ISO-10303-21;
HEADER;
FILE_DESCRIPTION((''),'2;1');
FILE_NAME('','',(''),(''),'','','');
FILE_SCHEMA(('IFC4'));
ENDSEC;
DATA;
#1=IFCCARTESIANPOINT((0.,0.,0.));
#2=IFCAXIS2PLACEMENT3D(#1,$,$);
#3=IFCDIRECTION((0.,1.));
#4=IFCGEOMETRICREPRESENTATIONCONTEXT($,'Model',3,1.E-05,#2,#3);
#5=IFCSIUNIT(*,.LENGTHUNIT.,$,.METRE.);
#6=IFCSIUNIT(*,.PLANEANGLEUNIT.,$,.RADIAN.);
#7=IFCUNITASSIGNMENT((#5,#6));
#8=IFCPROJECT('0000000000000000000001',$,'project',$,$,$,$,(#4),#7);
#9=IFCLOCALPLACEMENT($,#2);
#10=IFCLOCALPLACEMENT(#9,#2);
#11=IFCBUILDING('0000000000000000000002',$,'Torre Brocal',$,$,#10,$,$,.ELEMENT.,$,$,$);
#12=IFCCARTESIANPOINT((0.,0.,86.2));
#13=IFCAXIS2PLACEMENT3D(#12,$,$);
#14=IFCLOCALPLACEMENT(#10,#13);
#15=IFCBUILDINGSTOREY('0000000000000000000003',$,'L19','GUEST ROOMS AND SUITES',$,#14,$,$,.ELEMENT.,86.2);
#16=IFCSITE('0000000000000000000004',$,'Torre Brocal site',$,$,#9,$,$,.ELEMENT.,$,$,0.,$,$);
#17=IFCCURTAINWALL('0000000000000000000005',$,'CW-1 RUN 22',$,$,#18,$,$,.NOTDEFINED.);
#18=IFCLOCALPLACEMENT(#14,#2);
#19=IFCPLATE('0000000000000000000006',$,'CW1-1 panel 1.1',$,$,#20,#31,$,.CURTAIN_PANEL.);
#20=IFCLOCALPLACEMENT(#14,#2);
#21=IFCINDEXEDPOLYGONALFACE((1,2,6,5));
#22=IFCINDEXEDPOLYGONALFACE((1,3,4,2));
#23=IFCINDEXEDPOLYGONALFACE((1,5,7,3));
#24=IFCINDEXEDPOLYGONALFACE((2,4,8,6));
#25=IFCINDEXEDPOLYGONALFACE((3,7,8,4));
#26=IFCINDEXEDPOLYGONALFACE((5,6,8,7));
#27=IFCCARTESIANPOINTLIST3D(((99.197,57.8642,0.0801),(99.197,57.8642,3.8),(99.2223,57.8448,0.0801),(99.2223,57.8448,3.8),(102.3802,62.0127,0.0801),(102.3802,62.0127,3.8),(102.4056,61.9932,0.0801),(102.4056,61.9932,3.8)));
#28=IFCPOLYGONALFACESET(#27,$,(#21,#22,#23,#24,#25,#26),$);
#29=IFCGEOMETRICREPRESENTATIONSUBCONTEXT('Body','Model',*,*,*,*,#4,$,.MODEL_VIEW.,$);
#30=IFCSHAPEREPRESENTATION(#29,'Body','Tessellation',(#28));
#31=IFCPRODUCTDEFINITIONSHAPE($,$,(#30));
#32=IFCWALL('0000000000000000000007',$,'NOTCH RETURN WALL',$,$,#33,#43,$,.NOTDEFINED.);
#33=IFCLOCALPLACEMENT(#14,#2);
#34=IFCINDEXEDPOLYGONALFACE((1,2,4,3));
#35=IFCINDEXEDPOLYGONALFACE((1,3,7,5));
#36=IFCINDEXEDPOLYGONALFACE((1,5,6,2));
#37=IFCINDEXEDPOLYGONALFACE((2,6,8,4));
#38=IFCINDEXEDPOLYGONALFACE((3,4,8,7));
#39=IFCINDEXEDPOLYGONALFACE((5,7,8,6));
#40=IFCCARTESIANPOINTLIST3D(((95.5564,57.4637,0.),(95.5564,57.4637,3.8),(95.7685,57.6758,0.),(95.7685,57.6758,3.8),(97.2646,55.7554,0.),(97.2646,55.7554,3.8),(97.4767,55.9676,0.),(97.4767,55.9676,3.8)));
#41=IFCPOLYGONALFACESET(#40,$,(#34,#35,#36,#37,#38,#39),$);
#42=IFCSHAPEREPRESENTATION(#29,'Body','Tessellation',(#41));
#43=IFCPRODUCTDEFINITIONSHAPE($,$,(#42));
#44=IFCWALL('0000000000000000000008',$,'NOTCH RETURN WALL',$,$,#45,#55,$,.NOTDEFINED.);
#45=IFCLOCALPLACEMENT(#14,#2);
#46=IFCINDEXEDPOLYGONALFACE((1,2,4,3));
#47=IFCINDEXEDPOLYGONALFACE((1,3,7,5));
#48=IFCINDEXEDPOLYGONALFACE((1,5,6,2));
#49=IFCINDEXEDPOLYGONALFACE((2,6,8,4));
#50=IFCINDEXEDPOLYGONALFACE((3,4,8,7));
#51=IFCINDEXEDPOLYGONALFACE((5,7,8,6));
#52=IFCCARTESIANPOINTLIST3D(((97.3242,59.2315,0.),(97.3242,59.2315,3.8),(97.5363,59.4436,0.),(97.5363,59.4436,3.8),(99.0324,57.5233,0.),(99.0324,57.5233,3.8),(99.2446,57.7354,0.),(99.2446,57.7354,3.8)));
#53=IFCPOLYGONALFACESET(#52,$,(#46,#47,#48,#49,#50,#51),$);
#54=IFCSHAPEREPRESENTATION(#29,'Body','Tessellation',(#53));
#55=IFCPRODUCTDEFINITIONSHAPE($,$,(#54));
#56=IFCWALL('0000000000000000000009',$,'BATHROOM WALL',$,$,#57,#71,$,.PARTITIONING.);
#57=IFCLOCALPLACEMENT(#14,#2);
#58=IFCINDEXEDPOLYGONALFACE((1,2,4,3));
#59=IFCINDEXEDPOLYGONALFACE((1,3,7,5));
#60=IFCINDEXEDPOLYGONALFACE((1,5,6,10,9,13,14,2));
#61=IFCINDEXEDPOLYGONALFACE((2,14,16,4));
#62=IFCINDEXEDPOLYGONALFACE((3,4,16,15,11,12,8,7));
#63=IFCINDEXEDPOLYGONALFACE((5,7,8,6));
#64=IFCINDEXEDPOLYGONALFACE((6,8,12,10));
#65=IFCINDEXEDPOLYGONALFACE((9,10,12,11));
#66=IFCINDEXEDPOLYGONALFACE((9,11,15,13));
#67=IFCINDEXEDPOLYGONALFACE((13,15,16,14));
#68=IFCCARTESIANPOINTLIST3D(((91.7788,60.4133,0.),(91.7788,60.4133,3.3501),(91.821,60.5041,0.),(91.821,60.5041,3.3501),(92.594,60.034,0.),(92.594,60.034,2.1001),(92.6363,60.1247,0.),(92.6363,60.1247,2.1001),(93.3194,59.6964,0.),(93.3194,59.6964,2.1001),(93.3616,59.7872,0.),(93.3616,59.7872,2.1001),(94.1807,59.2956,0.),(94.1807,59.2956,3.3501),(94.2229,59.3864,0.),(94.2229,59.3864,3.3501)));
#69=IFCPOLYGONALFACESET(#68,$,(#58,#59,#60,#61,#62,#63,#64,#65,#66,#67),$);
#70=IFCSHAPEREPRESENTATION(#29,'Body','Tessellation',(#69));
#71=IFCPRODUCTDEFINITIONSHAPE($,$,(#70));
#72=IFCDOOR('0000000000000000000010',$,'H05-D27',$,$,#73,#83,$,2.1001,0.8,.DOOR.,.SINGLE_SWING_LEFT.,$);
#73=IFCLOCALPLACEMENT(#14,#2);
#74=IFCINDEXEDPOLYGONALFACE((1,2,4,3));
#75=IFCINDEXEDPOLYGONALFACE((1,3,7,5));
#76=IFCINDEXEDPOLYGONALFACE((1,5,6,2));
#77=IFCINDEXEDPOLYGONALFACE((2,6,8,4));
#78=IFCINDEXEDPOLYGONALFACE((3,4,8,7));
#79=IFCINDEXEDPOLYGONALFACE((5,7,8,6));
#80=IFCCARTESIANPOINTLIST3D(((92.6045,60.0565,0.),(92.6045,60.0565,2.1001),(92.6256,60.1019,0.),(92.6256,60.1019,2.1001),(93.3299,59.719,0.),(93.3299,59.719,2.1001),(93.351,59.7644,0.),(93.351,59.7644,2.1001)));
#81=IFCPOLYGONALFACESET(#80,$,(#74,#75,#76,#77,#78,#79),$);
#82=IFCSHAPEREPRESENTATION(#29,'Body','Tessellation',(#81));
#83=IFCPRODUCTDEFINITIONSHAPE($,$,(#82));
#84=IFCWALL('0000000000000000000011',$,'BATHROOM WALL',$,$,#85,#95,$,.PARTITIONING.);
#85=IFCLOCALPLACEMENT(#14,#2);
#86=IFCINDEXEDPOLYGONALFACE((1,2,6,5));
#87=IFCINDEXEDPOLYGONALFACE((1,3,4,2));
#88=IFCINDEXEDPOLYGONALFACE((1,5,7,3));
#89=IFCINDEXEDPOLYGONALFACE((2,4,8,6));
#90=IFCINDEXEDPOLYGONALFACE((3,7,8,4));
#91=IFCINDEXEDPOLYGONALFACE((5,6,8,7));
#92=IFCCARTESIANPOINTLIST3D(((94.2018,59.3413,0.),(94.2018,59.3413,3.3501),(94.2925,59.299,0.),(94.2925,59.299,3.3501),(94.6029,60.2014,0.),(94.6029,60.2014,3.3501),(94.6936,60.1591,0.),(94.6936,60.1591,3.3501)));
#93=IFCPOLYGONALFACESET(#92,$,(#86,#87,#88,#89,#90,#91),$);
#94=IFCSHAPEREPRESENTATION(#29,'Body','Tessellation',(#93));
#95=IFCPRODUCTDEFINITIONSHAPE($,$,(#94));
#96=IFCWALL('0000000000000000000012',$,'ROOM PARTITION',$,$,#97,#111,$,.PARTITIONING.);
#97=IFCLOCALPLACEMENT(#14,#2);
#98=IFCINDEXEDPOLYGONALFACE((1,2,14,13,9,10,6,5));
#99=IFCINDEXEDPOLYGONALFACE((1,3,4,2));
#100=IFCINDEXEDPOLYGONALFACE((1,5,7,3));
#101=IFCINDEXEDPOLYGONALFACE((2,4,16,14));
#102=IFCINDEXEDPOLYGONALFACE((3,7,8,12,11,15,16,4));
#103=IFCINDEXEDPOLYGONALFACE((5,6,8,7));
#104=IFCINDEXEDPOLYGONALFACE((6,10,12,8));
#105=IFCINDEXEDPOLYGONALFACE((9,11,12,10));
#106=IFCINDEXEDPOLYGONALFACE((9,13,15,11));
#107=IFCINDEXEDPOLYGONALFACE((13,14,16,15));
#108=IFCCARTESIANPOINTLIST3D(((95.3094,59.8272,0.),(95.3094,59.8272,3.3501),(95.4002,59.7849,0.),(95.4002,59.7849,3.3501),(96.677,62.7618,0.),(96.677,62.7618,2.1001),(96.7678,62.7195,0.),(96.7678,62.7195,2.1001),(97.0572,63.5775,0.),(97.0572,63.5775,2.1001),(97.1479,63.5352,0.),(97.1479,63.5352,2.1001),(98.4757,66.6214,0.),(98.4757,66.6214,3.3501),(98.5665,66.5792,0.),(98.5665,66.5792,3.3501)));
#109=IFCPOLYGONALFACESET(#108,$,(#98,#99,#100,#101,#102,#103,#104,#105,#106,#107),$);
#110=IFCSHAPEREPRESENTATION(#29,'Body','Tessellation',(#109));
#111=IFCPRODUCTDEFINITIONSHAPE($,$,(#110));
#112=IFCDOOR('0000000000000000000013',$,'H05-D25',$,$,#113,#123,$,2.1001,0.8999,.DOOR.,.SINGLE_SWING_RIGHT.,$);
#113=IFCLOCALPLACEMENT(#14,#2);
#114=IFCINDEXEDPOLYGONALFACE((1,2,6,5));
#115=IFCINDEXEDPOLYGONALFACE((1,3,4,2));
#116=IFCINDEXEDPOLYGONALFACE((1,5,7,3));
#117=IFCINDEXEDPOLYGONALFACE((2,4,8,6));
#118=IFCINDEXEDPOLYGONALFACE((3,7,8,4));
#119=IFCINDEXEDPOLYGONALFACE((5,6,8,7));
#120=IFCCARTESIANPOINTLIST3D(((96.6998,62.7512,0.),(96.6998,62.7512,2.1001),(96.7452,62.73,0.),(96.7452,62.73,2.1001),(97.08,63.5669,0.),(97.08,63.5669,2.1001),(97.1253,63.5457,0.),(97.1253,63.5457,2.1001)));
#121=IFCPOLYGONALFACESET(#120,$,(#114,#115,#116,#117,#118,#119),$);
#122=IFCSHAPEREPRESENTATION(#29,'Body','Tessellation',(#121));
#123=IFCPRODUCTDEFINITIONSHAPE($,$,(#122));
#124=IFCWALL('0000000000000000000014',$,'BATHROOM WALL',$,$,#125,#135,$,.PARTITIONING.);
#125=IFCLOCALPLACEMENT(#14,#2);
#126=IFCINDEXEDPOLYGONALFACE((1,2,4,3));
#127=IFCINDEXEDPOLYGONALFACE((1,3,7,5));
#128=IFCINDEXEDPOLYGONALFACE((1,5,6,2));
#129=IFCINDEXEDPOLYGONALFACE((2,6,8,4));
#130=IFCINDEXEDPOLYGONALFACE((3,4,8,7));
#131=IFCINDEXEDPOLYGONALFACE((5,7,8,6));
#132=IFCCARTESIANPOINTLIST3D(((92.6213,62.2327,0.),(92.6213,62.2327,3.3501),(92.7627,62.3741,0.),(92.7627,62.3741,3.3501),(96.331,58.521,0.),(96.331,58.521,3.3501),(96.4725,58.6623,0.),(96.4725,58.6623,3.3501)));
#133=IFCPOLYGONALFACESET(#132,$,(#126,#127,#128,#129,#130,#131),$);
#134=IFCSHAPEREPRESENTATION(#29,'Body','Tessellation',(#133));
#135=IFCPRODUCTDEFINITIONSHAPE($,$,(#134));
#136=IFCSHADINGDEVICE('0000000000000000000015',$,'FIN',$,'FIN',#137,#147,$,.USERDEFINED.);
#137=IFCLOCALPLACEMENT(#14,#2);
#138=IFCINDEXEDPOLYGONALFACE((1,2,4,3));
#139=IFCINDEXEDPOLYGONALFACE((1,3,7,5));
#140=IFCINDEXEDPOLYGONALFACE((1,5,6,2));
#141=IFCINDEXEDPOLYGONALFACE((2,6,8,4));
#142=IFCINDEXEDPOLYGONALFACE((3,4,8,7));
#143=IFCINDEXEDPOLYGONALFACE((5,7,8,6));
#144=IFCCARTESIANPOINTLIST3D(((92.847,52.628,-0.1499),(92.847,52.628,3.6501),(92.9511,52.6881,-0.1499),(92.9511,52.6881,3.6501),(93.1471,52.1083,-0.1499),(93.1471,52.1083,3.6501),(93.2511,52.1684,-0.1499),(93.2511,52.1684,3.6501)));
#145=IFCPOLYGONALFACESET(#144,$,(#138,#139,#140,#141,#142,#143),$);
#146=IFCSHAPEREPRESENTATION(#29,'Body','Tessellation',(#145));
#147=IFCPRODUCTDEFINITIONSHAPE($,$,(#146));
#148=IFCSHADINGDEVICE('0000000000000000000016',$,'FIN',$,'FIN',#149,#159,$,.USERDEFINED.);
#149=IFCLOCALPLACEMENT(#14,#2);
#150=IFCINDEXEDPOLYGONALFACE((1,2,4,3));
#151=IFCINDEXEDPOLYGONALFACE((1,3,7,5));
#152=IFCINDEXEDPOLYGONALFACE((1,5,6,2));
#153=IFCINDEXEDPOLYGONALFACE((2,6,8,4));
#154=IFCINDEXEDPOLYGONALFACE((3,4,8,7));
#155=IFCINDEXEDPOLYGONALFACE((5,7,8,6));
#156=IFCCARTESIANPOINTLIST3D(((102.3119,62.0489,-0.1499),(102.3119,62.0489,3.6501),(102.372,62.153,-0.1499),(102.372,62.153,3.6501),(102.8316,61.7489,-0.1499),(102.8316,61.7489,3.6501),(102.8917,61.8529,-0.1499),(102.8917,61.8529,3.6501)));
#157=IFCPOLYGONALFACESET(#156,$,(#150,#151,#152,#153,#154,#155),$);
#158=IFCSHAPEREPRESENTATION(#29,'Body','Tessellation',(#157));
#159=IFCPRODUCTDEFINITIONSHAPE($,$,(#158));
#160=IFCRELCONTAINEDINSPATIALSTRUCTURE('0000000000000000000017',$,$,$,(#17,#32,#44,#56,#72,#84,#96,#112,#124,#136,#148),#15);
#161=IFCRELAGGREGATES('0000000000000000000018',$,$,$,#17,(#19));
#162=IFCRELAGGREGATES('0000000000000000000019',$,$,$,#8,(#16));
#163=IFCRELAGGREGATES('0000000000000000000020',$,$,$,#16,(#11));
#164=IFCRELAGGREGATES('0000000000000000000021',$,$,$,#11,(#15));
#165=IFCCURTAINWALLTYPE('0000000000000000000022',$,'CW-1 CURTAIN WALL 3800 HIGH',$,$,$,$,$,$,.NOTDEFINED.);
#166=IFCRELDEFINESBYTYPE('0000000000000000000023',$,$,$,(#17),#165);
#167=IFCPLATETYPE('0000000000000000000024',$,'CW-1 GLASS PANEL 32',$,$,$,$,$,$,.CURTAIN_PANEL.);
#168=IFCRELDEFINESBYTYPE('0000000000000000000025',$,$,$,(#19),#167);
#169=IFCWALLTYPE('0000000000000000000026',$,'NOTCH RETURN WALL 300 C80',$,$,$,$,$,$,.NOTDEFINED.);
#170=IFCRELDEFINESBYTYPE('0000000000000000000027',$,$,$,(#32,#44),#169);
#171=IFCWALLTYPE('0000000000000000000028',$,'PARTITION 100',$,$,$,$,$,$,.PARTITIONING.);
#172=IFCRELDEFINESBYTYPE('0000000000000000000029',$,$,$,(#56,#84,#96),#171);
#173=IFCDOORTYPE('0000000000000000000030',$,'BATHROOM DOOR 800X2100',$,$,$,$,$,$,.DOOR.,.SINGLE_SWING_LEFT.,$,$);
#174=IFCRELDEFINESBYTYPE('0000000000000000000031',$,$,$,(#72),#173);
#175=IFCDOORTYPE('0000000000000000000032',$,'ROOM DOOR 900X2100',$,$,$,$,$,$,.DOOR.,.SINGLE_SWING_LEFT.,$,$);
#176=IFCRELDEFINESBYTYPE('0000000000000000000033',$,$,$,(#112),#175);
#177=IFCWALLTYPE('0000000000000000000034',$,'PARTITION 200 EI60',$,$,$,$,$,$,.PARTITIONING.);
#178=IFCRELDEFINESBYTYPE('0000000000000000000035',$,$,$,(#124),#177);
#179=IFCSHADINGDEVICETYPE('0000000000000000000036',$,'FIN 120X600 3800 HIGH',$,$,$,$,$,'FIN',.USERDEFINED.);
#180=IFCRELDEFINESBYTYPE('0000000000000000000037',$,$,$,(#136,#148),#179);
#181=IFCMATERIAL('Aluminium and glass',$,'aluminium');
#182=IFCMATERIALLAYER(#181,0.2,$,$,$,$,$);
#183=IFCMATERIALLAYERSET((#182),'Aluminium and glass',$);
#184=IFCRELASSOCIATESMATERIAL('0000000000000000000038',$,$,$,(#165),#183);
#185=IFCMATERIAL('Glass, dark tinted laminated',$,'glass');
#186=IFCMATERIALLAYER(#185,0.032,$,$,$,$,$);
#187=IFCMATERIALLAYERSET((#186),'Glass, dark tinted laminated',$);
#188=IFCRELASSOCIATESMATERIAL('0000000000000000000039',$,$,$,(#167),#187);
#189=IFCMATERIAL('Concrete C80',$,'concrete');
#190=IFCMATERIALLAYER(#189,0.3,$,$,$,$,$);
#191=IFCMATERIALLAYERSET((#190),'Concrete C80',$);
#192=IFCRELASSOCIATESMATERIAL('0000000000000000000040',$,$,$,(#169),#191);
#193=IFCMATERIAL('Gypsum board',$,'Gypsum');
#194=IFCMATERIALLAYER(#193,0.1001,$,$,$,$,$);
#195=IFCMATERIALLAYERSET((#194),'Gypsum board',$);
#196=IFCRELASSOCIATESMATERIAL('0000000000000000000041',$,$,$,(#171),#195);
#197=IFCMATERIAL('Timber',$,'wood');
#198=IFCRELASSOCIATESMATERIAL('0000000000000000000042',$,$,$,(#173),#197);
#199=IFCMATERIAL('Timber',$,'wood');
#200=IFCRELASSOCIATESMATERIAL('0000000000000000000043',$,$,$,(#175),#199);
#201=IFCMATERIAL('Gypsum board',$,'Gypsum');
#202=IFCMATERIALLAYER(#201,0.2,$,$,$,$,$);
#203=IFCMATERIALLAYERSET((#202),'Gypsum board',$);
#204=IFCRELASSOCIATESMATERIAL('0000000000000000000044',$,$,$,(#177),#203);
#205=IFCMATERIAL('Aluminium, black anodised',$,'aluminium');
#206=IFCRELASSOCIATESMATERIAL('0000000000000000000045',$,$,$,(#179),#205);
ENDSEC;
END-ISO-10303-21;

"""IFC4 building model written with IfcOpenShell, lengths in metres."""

from ifc_helpers import new_model, si_unit, direction, frame, frame_2d, origin, origin_2d, place, context, subcontext, project, spatial, rectangle, extrude, material, layer, layer_set, material_profile, profile_set, type_object, element, fill, aggregate, save


model = new_model("IFC4")

# Units and contexts
model_context = context("Model", 3, precision=1e-05, world=origin(), true_north=direction((0.0, 1.0)))
body_context = subcontext(model_context, "Body", "Model", "MODEL_VIEW")
ifc_project = project(units=[si_unit("LENGTHUNIT", "METRE"), si_unit("PLANEANGLEUNIT", "RADIAN")], contexts=[model_context])

# Site, building, storey
site_placement = place(None, origin())
site = spatial("IfcSite", under=ifc_project, at=site_placement, Name="Torre Brocal site", CompositionType="ELEMENT", RefElevation=0.0)
building_placement = place(site_placement, origin())
building = spatial("IfcBuilding", under=site, at=building_placement, Name="Torre Brocal", CompositionType="ELEMENT")
storey_placement = place(building_placement, frame((0.0, 0.0, 86.2)))
storey = spatial("IfcBuildingStorey", under=building, at=storey_placement, Name="L19", Description="GUEST ROOMS AND SUITES", CompositionType="ELEMENT", Elevation=86.2)

# Shared definitions
ifc_material_1 = material(Name="Aluminium and glass", Category="aluminium")
ifc_layer_1 = layer(ifc_material_1, 0.2)
ifc_layer_set_1 = layer_set([ifc_layer_1], Name="Aluminium and glass")
curtain_wall_type = type_object("IfcCurtainWallType", Name="CW-1 CURTAIN WALL 3800 HIGH", PredefinedType="NOTDEFINED", material=ifc_layer_set_1)

# Curtain wall
curtain_wall_1_placement = place(storey_placement, origin())
curtain_wall_1 = element("IfcCurtainWall", 1, at=curtain_wall_1_placement, inside=storey, type_object=curtain_wall_type, Name="CW-1 RUN 22", PredefinedType="NOTDEFINED")

# Plate
ifc_material_2 = material(Name="Glass, dark tinted laminated", Category="glass")
ifc_layer_2 = layer(ifc_material_2, 0.032)
ifc_layer_set_2 = layer_set([ifc_layer_2], Name="Glass, dark tinted laminated")
plate_type = type_object("IfcPlateType", Name="CW-1 GLASS PANEL 32", PredefinedType="CURTAIN_PANEL", material=ifc_layer_set_2)
plate_1_placement = place(storey_placement, frame((100.8013, 59.9287, 0.0801), z_axis=(0.0, 0.0, 1.0), x_axis=(0.608761, 0.793353, 0.0)))
plate_1 = element("IfcPlate", 2, at=plate_1_placement, type_object=plate_type, Name="CW1-1 panel 1.1", PredefinedType="CURTAIN_PANEL", context=body_context, shape_type="SweptSolid", body=[
    extrude(rectangle(XDim=5.229, YDim=0.032, at=origin_2d()), origin(), (0.0, 0.0, 1.0), 3.72),
])
aggregate(curtain_wall_1, [plate_1])

# Walls
ifc_material_3 = material(Name="Concrete C80", Category="concrete")
ifc_layer_3 = layer(ifc_material_3, 0.3)
ifc_layer_set_3 = layer_set([ifc_layer_3], Name="Concrete C80")
wall_type_1 = type_object("IfcWallType", Name="NOTCH RETURN WALL 300 C80", PredefinedType="NOTDEFINED", material=ifc_layer_set_3)
for number, where, z_axis, x_axis, name in (
    (3, (95.6624, 57.5698, 0.0), (0.0, 0.0, 1.0), (0.707107, -0.707107, 0.0), "NOTCH RETURN WALL"),
    (4, (97.4302, 59.3376, 0.0), (0.0, 0.0, 1.0), (0.707107, -0.707107, 0.0), "NOTCH RETURN WALL"),
):
    element("IfcWall", number, at=place(storey_placement, frame(where, z_axis=z_axis, x_axis=x_axis)), inside=storey, type_object=wall_type_1, Name=name, PredefinedType="NOTDEFINED", context=body_context, shape_type="SweptSolid", body=[
        extrude(rectangle(XDim=2.4158, YDim=0.3, at=frame_2d((1.208, 0.0))), origin(), (0.0, 0.0, 1.0), 3.8),
    ])

# Wall, opening, door
ifc_material_4 = material(Name="Gypsum board", Category="Gypsum")
ifc_layer_4 = layer(ifc_material_4, 0.1001)
ifc_layer_set_4 = layer_set([ifc_layer_4], Name="Gypsum board")
wall_type_2 = type_object("IfcWallType", Name="PARTITION 100", PredefinedType="PARTITIONING", material=ifc_layer_set_4)
wall_1_placement = place(storey_placement, frame((91.7998, 60.4587, 0.0), z_axis=(0.0, 0.0, 1.0), x_axis=(0.906644, -0.421896, 0.0)))
wall_1 = element("IfcWall", 5, at=wall_1_placement, inside=storey, type_object=wall_type_2, Name="BATHROOM WALL", PredefinedType="PARTITIONING", context=body_context, shape_type="SweptSolid", body=[
    extrude(rectangle(XDim=2.6492, YDim=0.1001, at=frame_2d((1.3247, 0.0))), origin(), (0.0, 0.0, 1.0), 3.3501),
])
opening_1_placement = place(wall_1_placement, frame((0.8994, 0.0, 0.0)))
opening_1 = element("IfcOpeningElement", 6, at=opening_1_placement, cuts=wall_1, PredefinedType="OPENING", context=body_context, shape_type="SweptSolid", body=[
    extrude(rectangle(XDim=0.8, YDim=2.1001, at=frame_2d((0.3999, 1.05))), frame((0.0, 0.0601, 0.0), z_axis=(0.0, -1.0, 0.0), x_axis=(1.0, 0.0, 0.0)), (0.0, 0.0, 1.0), 0.1201),
])
ifc_material_5 = material(Name="Timber", Category="wood")
door_type_1 = type_object("IfcDoorType", Name="BATHROOM DOOR 800X2100", OperationType="SINGLE_SWING_LEFT", PredefinedType="DOOR", material=ifc_material_5)
door_1_placement = place(opening_1_placement, origin())
door_1 = element("IfcDoor", 7, at=door_1_placement, inside=storey, type_object=door_type_1, Name="H05-D27", OperationType="SINGLE_SWING_LEFT", OverallHeight=2.1001, OverallWidth=0.8, PredefinedType="DOOR", context=body_context, shape_type="SweptSolid", body=[
    extrude(rectangle(XDim=0.8, YDim=2.1001, at=frame_2d((0.3999, 1.05))), frame((0.0, 0.0249, 0.0), z_axis=(0.0, -1.0, 0.0), x_axis=(1.0, 0.0, 0.0)), (0.0, 0.0, 1.0), 0.05),
])
fill(opening_1, door_1)

# Wall
wall_2_placement = place(storey_placement, frame((94.2471, 59.3201, 0.0), z_axis=(0.0, 0.0, 1.0), x_axis=(0.42266, 0.906288, 0.0)))
element("IfcWall", 8, at=wall_2_placement, inside=storey, type_object=wall_type_2, Name="BATHROOM WALL", PredefinedType="PARTITIONING", context=body_context, shape_type="SweptSolid", body=[
    extrude(rectangle(XDim=0.949, YDim=0.1001, at=frame_2d((0.4746, 0.0))), origin(), (0.0, 0.0, 1.0), 3.3501),
])

# Wall, opening, door
wall_3_placement = place(storey_placement, frame((95.3547, 59.8059, 0.0), z_axis=(0.0, 0.0, 1.0), x_axis=(0.422408, 0.906406, 0.0)))
wall_3 = element("IfcWall", 9, at=wall_3_placement, inside=storey, type_object=wall_type_2, Name="ROOM PARTITION", PredefinedType="PARTITIONING", context=body_context, shape_type="SweptSolid", body=[
    extrude(rectangle(XDim=7.4958, YDim=0.1001, at=frame_2d((3.748, 0.0))), origin(), (0.0, 0.0, 1.0), 3.3501),
])
opening_2_placement = place(wall_3_placement, frame((3.2378, 0.0, 0.0)))
opening_2 = element("IfcOpeningElement", 10, at=opening_2_placement, cuts=wall_3, PredefinedType="OPENING", context=body_context, shape_type="SweptSolid", body=[
    extrude(rectangle(XDim=0.8999, YDim=2.1001, at=frame_2d((0.45, 1.05))), frame((0.0, 0.0601, 0.0), z_axis=(0.0, -1.0, 0.0), x_axis=(1.0, 0.0, 0.0)), (0.0, 0.0, 1.0), 0.1201),
])
ifc_material_6 = material(Name="Timber", Category="wood")
door_type_2 = type_object("IfcDoorType", Name="ROOM DOOR 900X2100", OperationType="SINGLE_SWING_LEFT", PredefinedType="DOOR", material=ifc_material_6)
door_2_placement = place(opening_2_placement, origin())
door_2 = element("IfcDoor", 11, at=door_2_placement, inside=storey, type_object=door_type_2, Name="H05-D25", OperationType="SINGLE_SWING_RIGHT", OverallHeight=2.1001, OverallWidth=0.8999, PredefinedType="DOOR", context=body_context, shape_type="SweptSolid", body=[
    extrude(rectangle(XDim=0.8999, YDim=2.1001, at=frame_2d((0.45, 1.05))), frame((0.0, 0.0249, 0.0), z_axis=(0.0, -1.0, 0.0), x_axis=(1.0, 0.0, 0.0)), (0.0, 0.0, 1.0), 0.05),
])
fill(opening_2, door_2)

# Wall
ifc_material_7 = material(Name="Gypsum board", Category="Gypsum")
ifc_layer_5 = layer(ifc_material_7, 0.2)
ifc_layer_set_5 = layer_set([ifc_layer_5], Name="Gypsum board")
wall_type_3 = type_object("IfcWallType", Name="PARTITION 200 EI60", PredefinedType="PARTITIONING", material=ifc_layer_set_5)
wall_4_placement = place(storey_placement, frame((92.6919, 62.3035, 0.0), z_axis=(0.0, 0.0, 1.0), x_axis=(0.706921, -0.707293, 0.0)))
element("IfcWall", 12, at=wall_4_placement, inside=storey, type_object=wall_type_3, Name="BATHROOM WALL", PredefinedType="PARTITIONING", context=body_context, shape_type="SweptSolid", body=[
    extrude(rectangle(XDim=5.2478, YDim=0.2, at=frame_2d((2.624, 0.0))), origin(), (0.0, 0.0, 1.0), 3.3501),
])

# Shading devices
ifc_material_8 = material(Name="Aluminium, black anodised", Category="aluminium")
ifc_material_profile_1 = material_profile(ifc_material_8, rectangle(XDim=0.1201, YDim=0.6001, at=origin_2d()), Name="FIN 120X600 3800 HIGH")
ifc_profile_set_1 = profile_set([ifc_material_profile_1], Name="Aluminium, black anodised")
shading_device_type = type_object("IfcShadingDeviceType", Name="FIN 120X600 3800 HIGH", ElementType="FIN", PredefinedType="USERDEFINED", material=ifc_profile_set_1)
for number, where, z_axis, x_axis, name in (
    (13, (93.0491, 52.3982, -0.1499), (0.0, 0.0, 1.0), (0.866025, 0.5, 0.0), "FIN"),
    (14, (102.6018, 61.9509, -0.1499), (0.0, 0.0, 1.0), (0.5, 0.866025, 0.0), "FIN"),
):
    element("IfcShadingDevice", number, at=place(storey_placement, frame(where, z_axis=z_axis, x_axis=x_axis)), inside=storey, type_object=shading_device_type, Name=name, ObjectType="FIN", PredefinedType="USERDEFINED", context=body_context, shape_type="SweptSolid", body=[
        extrude(rectangle(XDim=0.1201, YDim=0.6001, at=origin_2d()), origin(), (0.0, 0.0, 1.0), 3.8),
    ])

save(model, "model.ifc")
